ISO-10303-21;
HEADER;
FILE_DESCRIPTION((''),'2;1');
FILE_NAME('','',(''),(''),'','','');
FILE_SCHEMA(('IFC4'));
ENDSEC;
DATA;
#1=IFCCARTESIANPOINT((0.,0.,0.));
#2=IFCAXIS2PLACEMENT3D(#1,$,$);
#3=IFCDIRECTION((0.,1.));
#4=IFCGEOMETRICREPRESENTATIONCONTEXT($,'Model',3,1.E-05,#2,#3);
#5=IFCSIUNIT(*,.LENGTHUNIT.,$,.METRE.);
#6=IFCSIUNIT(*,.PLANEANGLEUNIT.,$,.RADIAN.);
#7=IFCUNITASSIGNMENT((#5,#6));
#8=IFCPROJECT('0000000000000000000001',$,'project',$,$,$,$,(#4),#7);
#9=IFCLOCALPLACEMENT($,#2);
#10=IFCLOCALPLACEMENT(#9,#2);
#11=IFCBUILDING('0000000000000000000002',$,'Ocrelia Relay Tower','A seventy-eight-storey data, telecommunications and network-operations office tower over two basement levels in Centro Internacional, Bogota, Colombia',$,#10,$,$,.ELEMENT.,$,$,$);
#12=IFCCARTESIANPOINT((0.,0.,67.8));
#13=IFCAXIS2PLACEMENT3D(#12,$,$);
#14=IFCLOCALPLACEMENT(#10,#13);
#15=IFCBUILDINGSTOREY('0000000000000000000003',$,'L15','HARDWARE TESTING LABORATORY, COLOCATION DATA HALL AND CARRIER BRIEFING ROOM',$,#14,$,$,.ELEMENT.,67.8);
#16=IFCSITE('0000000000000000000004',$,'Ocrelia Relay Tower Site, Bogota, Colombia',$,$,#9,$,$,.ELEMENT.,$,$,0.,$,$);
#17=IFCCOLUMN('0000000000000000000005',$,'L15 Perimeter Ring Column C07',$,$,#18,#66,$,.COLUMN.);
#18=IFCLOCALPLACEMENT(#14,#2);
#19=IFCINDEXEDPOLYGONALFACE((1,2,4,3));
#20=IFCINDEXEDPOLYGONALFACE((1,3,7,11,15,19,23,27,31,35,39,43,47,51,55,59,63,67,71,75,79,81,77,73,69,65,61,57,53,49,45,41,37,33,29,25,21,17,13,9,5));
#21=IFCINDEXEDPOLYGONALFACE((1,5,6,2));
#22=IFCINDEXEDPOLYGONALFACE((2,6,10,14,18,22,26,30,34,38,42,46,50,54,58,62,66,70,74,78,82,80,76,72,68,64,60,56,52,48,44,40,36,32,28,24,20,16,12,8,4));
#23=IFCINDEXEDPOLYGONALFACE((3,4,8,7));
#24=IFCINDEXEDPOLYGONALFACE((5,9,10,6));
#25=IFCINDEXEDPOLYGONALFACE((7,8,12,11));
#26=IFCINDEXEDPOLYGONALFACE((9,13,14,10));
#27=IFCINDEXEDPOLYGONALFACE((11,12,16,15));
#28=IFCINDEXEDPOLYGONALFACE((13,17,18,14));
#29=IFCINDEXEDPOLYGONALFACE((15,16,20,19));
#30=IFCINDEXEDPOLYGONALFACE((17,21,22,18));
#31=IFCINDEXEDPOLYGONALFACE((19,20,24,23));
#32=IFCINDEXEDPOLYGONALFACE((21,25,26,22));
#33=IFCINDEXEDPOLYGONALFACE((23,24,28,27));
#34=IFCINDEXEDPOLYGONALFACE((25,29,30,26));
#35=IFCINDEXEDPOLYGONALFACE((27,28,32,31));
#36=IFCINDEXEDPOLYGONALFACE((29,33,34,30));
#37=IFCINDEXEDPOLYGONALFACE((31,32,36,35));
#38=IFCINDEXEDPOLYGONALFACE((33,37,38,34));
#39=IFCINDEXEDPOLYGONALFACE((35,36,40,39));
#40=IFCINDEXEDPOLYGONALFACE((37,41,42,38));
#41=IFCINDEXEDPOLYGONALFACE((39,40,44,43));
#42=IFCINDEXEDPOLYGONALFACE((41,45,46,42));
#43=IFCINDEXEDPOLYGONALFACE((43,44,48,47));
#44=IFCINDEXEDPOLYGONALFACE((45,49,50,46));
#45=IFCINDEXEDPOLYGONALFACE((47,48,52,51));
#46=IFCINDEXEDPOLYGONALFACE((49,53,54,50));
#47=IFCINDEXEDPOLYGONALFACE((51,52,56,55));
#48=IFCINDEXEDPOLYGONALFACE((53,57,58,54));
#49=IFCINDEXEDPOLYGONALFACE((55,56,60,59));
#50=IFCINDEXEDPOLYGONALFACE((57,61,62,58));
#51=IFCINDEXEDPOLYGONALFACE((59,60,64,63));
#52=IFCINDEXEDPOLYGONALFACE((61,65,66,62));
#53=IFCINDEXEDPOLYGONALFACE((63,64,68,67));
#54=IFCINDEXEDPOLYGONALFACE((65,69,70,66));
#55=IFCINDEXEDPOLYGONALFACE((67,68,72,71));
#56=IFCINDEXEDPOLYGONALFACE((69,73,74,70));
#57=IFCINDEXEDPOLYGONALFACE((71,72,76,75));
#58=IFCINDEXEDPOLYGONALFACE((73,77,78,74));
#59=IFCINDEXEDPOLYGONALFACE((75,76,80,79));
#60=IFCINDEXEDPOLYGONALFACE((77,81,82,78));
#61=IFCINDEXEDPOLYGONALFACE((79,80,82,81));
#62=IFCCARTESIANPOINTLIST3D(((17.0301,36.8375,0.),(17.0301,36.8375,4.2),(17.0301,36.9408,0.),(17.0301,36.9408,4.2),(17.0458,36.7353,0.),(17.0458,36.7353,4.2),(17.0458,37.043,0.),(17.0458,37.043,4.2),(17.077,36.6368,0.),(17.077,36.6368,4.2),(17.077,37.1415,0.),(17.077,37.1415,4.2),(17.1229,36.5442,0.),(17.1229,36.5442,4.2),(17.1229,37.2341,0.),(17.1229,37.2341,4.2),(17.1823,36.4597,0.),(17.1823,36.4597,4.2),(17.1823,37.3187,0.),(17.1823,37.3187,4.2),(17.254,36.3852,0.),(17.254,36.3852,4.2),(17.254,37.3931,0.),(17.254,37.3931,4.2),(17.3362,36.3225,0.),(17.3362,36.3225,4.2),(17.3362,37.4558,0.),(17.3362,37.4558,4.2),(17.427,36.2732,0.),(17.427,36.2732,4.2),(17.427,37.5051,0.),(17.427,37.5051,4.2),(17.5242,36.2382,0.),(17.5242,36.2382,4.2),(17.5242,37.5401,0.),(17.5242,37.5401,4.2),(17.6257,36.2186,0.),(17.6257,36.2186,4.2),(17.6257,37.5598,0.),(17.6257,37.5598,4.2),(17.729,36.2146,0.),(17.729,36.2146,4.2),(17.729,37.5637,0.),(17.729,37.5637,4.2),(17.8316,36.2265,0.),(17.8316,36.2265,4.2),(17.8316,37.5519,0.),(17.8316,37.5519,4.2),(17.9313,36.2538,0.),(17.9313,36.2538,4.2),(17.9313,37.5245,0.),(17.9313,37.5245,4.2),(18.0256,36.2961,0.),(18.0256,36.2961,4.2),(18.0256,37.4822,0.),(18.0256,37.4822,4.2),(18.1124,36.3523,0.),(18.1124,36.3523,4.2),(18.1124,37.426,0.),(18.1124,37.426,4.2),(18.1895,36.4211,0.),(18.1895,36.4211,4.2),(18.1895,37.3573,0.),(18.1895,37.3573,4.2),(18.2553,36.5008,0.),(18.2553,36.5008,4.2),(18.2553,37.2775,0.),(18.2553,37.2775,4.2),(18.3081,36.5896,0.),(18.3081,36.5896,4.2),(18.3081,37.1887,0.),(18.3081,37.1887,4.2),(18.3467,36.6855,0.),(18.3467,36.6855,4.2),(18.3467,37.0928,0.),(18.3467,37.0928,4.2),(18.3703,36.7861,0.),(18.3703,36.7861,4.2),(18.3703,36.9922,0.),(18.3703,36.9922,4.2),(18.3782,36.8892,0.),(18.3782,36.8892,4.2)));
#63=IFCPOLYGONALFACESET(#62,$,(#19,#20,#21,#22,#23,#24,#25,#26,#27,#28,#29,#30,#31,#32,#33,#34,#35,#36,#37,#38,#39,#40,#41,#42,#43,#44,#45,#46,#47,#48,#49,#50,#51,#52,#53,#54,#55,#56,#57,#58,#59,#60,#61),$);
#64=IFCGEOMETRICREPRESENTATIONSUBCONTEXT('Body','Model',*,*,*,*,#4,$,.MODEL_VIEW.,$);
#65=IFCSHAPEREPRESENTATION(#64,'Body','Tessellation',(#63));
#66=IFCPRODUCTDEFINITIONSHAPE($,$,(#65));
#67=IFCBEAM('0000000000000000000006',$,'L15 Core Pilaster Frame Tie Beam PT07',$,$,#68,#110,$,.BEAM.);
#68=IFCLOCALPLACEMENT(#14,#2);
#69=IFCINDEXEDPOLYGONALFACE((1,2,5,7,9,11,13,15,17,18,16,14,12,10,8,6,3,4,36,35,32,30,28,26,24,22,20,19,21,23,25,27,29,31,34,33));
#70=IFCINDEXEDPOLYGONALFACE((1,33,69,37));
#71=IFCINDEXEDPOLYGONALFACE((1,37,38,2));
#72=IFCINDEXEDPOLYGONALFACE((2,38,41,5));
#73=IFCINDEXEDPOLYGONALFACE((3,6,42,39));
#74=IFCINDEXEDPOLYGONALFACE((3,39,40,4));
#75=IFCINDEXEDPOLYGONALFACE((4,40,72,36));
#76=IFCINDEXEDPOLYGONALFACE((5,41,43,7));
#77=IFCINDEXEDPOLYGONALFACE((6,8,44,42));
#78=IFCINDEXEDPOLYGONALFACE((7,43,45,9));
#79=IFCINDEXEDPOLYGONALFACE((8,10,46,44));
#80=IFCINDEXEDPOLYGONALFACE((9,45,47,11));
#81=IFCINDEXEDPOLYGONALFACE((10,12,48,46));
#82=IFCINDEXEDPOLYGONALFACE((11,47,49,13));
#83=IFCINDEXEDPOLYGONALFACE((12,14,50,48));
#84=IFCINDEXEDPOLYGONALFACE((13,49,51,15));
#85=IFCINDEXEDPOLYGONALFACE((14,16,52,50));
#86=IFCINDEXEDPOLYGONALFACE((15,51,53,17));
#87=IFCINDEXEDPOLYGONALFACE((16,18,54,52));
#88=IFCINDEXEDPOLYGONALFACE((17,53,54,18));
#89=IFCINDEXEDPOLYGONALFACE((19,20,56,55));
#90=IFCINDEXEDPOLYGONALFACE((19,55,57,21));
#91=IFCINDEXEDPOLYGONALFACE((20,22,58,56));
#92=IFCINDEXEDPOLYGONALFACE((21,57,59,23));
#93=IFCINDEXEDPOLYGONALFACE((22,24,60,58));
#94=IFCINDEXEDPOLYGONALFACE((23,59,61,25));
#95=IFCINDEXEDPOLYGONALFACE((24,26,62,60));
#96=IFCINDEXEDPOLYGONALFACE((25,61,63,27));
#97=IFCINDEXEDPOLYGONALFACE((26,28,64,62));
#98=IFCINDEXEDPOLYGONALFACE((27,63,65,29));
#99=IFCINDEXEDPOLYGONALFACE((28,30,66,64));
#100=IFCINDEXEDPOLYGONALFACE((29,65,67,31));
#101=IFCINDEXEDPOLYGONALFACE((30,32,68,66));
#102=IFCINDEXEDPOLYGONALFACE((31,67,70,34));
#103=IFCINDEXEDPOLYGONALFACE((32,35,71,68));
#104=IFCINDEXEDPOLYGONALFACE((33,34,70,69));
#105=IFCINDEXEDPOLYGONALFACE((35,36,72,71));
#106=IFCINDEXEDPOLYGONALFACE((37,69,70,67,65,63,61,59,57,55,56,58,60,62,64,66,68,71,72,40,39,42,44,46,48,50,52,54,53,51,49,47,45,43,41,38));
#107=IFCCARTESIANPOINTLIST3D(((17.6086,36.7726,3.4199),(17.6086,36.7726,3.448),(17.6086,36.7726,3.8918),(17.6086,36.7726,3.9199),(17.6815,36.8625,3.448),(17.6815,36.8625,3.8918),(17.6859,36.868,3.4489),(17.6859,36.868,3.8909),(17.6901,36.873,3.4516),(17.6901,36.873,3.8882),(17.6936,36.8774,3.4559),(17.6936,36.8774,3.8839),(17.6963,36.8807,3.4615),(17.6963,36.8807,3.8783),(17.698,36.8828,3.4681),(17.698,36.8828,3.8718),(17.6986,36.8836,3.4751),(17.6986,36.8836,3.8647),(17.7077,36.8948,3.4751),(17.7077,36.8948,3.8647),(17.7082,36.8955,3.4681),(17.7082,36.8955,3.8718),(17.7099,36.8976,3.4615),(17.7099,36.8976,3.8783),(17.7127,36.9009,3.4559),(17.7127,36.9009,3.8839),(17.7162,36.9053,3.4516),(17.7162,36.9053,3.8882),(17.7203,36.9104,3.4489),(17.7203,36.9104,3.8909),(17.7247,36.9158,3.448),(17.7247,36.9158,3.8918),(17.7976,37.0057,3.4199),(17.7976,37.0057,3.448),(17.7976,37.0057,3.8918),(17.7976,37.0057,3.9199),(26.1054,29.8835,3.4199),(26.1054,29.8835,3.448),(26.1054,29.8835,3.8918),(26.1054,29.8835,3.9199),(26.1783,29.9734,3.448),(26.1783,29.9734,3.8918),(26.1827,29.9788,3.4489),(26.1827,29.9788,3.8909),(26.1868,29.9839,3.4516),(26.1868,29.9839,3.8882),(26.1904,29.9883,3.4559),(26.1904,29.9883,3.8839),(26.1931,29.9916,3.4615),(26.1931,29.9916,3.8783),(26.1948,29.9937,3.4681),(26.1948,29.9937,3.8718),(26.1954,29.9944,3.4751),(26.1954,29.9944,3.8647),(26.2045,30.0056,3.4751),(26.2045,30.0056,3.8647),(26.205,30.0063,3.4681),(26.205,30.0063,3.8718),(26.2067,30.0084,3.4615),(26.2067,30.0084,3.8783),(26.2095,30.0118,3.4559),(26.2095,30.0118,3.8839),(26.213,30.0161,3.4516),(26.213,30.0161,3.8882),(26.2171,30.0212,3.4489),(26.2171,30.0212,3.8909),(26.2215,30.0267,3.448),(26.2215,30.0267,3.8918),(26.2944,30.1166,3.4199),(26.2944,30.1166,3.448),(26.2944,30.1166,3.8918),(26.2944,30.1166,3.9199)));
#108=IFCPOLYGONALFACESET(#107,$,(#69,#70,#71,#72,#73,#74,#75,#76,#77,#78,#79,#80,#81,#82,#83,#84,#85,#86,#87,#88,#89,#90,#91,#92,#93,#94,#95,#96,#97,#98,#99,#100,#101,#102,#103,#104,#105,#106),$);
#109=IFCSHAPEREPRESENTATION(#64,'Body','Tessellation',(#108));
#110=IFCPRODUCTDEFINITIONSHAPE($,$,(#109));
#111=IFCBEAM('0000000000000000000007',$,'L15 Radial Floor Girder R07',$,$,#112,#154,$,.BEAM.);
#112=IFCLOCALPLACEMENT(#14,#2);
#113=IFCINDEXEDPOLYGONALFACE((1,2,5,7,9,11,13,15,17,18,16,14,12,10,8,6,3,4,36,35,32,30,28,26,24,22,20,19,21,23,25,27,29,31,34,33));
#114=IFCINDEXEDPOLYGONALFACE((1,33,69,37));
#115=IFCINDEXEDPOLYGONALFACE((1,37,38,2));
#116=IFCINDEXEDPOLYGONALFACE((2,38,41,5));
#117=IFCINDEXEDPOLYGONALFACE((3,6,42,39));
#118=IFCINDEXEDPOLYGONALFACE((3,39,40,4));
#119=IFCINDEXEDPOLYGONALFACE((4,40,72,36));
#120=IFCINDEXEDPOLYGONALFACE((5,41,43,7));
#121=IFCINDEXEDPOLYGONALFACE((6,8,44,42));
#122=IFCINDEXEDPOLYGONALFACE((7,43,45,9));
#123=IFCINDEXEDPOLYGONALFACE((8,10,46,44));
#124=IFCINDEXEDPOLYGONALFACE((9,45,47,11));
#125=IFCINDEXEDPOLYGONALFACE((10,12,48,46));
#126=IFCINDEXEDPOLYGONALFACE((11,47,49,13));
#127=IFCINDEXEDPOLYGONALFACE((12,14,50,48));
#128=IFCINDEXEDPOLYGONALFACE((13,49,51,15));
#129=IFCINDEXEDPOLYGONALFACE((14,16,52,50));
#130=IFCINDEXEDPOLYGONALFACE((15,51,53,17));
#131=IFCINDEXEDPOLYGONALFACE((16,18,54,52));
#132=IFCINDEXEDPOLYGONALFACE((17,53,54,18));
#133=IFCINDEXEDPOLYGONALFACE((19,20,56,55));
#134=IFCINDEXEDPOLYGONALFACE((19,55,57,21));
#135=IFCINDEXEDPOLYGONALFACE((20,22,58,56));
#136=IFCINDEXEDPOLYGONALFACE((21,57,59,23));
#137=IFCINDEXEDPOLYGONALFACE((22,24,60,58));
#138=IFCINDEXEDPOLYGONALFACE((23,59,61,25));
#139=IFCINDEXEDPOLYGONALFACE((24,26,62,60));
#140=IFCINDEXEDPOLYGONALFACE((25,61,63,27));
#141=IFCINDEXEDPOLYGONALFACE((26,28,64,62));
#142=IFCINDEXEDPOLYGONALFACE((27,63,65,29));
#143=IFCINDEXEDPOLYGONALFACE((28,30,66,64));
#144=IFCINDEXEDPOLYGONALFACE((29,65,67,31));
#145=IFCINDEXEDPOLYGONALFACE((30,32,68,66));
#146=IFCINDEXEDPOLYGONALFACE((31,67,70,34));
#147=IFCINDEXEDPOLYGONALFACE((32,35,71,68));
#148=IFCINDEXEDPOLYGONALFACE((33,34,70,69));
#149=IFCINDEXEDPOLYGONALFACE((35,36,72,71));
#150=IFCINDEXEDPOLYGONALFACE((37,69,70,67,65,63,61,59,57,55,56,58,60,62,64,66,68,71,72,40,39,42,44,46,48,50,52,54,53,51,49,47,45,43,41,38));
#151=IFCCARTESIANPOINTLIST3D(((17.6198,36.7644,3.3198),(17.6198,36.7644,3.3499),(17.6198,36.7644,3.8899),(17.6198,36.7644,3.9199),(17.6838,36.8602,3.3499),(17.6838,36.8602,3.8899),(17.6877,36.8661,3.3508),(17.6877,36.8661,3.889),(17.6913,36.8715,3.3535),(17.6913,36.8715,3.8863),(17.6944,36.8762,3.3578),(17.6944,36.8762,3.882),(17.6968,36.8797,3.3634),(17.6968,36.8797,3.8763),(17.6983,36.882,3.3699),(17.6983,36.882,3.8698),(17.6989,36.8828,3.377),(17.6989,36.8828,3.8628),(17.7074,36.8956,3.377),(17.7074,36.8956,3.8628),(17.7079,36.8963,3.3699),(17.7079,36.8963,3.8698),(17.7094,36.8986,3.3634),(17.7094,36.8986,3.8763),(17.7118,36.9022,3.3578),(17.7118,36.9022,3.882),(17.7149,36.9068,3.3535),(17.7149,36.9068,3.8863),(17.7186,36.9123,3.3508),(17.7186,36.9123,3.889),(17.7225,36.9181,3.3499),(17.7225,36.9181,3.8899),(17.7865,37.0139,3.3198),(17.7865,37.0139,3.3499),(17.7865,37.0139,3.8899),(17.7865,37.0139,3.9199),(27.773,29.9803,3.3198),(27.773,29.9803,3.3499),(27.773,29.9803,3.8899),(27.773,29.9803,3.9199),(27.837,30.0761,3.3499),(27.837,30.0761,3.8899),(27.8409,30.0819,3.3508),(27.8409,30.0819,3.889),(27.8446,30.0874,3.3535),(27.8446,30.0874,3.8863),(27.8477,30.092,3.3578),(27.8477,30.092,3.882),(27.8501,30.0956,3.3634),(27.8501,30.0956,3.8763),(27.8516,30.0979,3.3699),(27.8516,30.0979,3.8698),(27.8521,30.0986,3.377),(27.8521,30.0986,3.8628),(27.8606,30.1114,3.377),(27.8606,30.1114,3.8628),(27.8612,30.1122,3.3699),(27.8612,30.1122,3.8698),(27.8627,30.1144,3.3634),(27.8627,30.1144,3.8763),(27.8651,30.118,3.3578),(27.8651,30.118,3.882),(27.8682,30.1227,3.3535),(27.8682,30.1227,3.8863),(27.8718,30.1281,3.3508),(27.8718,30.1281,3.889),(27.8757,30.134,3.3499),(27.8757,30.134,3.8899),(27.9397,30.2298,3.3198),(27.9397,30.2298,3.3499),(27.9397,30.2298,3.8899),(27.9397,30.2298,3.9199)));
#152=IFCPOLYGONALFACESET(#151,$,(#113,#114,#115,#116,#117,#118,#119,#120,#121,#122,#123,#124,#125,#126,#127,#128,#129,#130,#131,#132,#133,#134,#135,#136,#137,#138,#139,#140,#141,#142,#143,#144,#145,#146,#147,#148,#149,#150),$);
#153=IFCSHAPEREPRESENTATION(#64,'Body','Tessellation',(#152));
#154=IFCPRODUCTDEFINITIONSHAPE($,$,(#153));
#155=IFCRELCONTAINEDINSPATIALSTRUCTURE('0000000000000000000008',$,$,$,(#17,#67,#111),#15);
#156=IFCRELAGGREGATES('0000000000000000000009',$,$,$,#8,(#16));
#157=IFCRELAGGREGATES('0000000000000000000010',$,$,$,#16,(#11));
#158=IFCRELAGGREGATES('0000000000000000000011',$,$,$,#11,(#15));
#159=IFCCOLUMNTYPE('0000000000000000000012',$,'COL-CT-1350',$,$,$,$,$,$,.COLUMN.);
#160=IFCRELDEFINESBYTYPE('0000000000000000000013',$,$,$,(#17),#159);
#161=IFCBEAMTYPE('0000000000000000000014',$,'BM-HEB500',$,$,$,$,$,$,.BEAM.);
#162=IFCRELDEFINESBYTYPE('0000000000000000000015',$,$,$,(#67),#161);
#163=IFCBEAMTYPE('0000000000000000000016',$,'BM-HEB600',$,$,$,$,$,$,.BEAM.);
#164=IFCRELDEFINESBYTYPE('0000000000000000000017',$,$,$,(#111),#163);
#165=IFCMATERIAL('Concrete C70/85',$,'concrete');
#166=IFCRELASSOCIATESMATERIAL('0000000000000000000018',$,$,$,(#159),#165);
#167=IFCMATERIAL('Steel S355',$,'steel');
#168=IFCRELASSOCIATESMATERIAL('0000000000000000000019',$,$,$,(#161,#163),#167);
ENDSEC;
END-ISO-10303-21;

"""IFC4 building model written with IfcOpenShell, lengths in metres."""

from ifc_helpers import new_model, si_unit, direction, frame, origin, origin_2d, place, context, subcontext, project, spatial, circle, i_section, extrude, material, material_profile, profile_set, type_object, element, save


model = new_model("IFC4")

# Units and contexts
model_context = context("Model", 3, precision=1e-05, world=origin(), true_north=direction((0.0, 1.0)))
body_context = subcontext(model_context, "Body", "Model", "MODEL_VIEW")
ifc_project = project(units=[si_unit("LENGTHUNIT", "METRE"), si_unit("PLANEANGLEUNIT", "RADIAN")], contexts=[model_context])

# Site, building, storey
site_placement = place(None, origin())
site = spatial("IfcSite", under=ifc_project, at=site_placement, Name="Ocrelia Relay Tower Site, Bogota, Colombia", CompositionType="ELEMENT", RefElevation=0.0)
building_placement = place(site_placement, origin())
building = spatial("IfcBuilding", under=site, at=building_placement, Name="Ocrelia Relay Tower", Description="A seventy-eight-storey data, telecommunications and network-operations office tower over two basement levels in Centro Internacional, Bogota, Colombia", CompositionType="ELEMENT")
storey_placement = place(building_placement, frame((0.0, 0.0, 67.8)))
storey = spatial("IfcBuildingStorey", under=building, at=storey_placement, Name="L15", Description="HARDWARE TESTING LABORATORY, COLOCATION DATA HALL AND CARRIER BRIEFING ROOM", CompositionType="ELEMENT", Elevation=67.8)

# Column
ifc_material_1 = material(Name="Concrete C70/85", Category="concrete")
ifc_material_profile_1 = material_profile(ifc_material_1, circle(Radius=0.675, at=origin_2d()), Name="RC-CIR-1350")
ifc_profile_set_1 = profile_set([ifc_material_profile_1], Name="Concrete C70/85")
column_type = type_object("IfcColumnType", Name="COL-CT-1350", PredefinedType="COLUMN", material=ifc_profile_set_1)
column_placement = place(storey_placement, frame((17.7031, 36.8892, 0.0), z_axis=(0.0, 0.0, 1.0), x_axis=(1.0, 0.0, 0.0)))
element("IfcColumn", 1, at=column_placement, inside=storey, type_object=column_type, Name="L15 Perimeter Ring Column C07", PredefinedType="COLUMN", context=body_context, shape_type="SweptSolid", body=[
    extrude(circle(Radius=0.675, at=origin_2d()), origin(), (0.0, 0.0, 1.0), 4.2),
])

# Beams
ifc_material_2 = material(Name="Steel S355", Category="steel")
ifc_material_profile_2 = material_profile(ifc_material_2, i_section(OverallWidth=0.3, OverallDepth=0.5, WebThickness=0.0144, FlangeThickness=0.0281, FilletRadius=0.0271, at=origin_2d()), Name="HEB 500")
ifc_profile_set_2 = profile_set([ifc_material_profile_2], Name="Steel S355")
beam_type_1 = type_object("IfcBeamType", Name="BM-HEB500", PredefinedType="BEAM", material=ifc_profile_set_2)
beam_1_placement = place(storey_placement, frame((17.7031, 36.8892, 3.6699), z_axis=(0.776763, -0.629793, 0.0), x_axis=(0.629793, 0.776763, 0.0)))
element("IfcBeam", 2, at=beam_1_placement, inside=storey, type_object=beam_type_1, Name="L15 Core Pilaster Frame Tie Beam PT07", PredefinedType="BEAM", context=body_context, shape_type="SweptSolid", body=[
    extrude(i_section(OverallWidth=0.3, OverallDepth=0.5, WebThickness=0.0144, FlangeThickness=0.0281, FilletRadius=0.0271, at=origin_2d()), origin(), (0.0, 0.0, 1.0), 10.9387),
])
ifc_material_profile_3 = material_profile(ifc_material_2, i_section(OverallWidth=0.3, OverallDepth=0.6001, WebThickness=0.0154, FlangeThickness=0.03, FilletRadius=0.0271, at=origin_2d()), Name="HEB 600")
ifc_profile_set_3 = profile_set([ifc_material_profile_3], Name="Steel S355")
beam_type_2 = type_object("IfcBeamType", Name="BM-HEB600", PredefinedType="BEAM", material=ifc_profile_set_3)
beam_2_placement = place(storey_placement, frame((17.7031, 36.8892, 3.6199), z_axis=(0.831472, -0.555567, 0.0), x_axis=(0.555567, 0.831472, 0.0)))
element("IfcBeam", 3, at=beam_2_placement, inside=storey, type_object=beam_type_2, Name="L15 Radial Floor Girder R07", PredefinedType="BEAM", context=body_context, shape_type="SweptSolid", body=[
    extrude(i_section(OverallWidth=0.3, OverallDepth=0.6001, WebThickness=0.0154, FlangeThickness=0.03, FilletRadius=0.0271, at=origin_2d()), origin(), (0.0, 0.0, 1.0), 12.2112),
])

save(model, "model.ifc")
